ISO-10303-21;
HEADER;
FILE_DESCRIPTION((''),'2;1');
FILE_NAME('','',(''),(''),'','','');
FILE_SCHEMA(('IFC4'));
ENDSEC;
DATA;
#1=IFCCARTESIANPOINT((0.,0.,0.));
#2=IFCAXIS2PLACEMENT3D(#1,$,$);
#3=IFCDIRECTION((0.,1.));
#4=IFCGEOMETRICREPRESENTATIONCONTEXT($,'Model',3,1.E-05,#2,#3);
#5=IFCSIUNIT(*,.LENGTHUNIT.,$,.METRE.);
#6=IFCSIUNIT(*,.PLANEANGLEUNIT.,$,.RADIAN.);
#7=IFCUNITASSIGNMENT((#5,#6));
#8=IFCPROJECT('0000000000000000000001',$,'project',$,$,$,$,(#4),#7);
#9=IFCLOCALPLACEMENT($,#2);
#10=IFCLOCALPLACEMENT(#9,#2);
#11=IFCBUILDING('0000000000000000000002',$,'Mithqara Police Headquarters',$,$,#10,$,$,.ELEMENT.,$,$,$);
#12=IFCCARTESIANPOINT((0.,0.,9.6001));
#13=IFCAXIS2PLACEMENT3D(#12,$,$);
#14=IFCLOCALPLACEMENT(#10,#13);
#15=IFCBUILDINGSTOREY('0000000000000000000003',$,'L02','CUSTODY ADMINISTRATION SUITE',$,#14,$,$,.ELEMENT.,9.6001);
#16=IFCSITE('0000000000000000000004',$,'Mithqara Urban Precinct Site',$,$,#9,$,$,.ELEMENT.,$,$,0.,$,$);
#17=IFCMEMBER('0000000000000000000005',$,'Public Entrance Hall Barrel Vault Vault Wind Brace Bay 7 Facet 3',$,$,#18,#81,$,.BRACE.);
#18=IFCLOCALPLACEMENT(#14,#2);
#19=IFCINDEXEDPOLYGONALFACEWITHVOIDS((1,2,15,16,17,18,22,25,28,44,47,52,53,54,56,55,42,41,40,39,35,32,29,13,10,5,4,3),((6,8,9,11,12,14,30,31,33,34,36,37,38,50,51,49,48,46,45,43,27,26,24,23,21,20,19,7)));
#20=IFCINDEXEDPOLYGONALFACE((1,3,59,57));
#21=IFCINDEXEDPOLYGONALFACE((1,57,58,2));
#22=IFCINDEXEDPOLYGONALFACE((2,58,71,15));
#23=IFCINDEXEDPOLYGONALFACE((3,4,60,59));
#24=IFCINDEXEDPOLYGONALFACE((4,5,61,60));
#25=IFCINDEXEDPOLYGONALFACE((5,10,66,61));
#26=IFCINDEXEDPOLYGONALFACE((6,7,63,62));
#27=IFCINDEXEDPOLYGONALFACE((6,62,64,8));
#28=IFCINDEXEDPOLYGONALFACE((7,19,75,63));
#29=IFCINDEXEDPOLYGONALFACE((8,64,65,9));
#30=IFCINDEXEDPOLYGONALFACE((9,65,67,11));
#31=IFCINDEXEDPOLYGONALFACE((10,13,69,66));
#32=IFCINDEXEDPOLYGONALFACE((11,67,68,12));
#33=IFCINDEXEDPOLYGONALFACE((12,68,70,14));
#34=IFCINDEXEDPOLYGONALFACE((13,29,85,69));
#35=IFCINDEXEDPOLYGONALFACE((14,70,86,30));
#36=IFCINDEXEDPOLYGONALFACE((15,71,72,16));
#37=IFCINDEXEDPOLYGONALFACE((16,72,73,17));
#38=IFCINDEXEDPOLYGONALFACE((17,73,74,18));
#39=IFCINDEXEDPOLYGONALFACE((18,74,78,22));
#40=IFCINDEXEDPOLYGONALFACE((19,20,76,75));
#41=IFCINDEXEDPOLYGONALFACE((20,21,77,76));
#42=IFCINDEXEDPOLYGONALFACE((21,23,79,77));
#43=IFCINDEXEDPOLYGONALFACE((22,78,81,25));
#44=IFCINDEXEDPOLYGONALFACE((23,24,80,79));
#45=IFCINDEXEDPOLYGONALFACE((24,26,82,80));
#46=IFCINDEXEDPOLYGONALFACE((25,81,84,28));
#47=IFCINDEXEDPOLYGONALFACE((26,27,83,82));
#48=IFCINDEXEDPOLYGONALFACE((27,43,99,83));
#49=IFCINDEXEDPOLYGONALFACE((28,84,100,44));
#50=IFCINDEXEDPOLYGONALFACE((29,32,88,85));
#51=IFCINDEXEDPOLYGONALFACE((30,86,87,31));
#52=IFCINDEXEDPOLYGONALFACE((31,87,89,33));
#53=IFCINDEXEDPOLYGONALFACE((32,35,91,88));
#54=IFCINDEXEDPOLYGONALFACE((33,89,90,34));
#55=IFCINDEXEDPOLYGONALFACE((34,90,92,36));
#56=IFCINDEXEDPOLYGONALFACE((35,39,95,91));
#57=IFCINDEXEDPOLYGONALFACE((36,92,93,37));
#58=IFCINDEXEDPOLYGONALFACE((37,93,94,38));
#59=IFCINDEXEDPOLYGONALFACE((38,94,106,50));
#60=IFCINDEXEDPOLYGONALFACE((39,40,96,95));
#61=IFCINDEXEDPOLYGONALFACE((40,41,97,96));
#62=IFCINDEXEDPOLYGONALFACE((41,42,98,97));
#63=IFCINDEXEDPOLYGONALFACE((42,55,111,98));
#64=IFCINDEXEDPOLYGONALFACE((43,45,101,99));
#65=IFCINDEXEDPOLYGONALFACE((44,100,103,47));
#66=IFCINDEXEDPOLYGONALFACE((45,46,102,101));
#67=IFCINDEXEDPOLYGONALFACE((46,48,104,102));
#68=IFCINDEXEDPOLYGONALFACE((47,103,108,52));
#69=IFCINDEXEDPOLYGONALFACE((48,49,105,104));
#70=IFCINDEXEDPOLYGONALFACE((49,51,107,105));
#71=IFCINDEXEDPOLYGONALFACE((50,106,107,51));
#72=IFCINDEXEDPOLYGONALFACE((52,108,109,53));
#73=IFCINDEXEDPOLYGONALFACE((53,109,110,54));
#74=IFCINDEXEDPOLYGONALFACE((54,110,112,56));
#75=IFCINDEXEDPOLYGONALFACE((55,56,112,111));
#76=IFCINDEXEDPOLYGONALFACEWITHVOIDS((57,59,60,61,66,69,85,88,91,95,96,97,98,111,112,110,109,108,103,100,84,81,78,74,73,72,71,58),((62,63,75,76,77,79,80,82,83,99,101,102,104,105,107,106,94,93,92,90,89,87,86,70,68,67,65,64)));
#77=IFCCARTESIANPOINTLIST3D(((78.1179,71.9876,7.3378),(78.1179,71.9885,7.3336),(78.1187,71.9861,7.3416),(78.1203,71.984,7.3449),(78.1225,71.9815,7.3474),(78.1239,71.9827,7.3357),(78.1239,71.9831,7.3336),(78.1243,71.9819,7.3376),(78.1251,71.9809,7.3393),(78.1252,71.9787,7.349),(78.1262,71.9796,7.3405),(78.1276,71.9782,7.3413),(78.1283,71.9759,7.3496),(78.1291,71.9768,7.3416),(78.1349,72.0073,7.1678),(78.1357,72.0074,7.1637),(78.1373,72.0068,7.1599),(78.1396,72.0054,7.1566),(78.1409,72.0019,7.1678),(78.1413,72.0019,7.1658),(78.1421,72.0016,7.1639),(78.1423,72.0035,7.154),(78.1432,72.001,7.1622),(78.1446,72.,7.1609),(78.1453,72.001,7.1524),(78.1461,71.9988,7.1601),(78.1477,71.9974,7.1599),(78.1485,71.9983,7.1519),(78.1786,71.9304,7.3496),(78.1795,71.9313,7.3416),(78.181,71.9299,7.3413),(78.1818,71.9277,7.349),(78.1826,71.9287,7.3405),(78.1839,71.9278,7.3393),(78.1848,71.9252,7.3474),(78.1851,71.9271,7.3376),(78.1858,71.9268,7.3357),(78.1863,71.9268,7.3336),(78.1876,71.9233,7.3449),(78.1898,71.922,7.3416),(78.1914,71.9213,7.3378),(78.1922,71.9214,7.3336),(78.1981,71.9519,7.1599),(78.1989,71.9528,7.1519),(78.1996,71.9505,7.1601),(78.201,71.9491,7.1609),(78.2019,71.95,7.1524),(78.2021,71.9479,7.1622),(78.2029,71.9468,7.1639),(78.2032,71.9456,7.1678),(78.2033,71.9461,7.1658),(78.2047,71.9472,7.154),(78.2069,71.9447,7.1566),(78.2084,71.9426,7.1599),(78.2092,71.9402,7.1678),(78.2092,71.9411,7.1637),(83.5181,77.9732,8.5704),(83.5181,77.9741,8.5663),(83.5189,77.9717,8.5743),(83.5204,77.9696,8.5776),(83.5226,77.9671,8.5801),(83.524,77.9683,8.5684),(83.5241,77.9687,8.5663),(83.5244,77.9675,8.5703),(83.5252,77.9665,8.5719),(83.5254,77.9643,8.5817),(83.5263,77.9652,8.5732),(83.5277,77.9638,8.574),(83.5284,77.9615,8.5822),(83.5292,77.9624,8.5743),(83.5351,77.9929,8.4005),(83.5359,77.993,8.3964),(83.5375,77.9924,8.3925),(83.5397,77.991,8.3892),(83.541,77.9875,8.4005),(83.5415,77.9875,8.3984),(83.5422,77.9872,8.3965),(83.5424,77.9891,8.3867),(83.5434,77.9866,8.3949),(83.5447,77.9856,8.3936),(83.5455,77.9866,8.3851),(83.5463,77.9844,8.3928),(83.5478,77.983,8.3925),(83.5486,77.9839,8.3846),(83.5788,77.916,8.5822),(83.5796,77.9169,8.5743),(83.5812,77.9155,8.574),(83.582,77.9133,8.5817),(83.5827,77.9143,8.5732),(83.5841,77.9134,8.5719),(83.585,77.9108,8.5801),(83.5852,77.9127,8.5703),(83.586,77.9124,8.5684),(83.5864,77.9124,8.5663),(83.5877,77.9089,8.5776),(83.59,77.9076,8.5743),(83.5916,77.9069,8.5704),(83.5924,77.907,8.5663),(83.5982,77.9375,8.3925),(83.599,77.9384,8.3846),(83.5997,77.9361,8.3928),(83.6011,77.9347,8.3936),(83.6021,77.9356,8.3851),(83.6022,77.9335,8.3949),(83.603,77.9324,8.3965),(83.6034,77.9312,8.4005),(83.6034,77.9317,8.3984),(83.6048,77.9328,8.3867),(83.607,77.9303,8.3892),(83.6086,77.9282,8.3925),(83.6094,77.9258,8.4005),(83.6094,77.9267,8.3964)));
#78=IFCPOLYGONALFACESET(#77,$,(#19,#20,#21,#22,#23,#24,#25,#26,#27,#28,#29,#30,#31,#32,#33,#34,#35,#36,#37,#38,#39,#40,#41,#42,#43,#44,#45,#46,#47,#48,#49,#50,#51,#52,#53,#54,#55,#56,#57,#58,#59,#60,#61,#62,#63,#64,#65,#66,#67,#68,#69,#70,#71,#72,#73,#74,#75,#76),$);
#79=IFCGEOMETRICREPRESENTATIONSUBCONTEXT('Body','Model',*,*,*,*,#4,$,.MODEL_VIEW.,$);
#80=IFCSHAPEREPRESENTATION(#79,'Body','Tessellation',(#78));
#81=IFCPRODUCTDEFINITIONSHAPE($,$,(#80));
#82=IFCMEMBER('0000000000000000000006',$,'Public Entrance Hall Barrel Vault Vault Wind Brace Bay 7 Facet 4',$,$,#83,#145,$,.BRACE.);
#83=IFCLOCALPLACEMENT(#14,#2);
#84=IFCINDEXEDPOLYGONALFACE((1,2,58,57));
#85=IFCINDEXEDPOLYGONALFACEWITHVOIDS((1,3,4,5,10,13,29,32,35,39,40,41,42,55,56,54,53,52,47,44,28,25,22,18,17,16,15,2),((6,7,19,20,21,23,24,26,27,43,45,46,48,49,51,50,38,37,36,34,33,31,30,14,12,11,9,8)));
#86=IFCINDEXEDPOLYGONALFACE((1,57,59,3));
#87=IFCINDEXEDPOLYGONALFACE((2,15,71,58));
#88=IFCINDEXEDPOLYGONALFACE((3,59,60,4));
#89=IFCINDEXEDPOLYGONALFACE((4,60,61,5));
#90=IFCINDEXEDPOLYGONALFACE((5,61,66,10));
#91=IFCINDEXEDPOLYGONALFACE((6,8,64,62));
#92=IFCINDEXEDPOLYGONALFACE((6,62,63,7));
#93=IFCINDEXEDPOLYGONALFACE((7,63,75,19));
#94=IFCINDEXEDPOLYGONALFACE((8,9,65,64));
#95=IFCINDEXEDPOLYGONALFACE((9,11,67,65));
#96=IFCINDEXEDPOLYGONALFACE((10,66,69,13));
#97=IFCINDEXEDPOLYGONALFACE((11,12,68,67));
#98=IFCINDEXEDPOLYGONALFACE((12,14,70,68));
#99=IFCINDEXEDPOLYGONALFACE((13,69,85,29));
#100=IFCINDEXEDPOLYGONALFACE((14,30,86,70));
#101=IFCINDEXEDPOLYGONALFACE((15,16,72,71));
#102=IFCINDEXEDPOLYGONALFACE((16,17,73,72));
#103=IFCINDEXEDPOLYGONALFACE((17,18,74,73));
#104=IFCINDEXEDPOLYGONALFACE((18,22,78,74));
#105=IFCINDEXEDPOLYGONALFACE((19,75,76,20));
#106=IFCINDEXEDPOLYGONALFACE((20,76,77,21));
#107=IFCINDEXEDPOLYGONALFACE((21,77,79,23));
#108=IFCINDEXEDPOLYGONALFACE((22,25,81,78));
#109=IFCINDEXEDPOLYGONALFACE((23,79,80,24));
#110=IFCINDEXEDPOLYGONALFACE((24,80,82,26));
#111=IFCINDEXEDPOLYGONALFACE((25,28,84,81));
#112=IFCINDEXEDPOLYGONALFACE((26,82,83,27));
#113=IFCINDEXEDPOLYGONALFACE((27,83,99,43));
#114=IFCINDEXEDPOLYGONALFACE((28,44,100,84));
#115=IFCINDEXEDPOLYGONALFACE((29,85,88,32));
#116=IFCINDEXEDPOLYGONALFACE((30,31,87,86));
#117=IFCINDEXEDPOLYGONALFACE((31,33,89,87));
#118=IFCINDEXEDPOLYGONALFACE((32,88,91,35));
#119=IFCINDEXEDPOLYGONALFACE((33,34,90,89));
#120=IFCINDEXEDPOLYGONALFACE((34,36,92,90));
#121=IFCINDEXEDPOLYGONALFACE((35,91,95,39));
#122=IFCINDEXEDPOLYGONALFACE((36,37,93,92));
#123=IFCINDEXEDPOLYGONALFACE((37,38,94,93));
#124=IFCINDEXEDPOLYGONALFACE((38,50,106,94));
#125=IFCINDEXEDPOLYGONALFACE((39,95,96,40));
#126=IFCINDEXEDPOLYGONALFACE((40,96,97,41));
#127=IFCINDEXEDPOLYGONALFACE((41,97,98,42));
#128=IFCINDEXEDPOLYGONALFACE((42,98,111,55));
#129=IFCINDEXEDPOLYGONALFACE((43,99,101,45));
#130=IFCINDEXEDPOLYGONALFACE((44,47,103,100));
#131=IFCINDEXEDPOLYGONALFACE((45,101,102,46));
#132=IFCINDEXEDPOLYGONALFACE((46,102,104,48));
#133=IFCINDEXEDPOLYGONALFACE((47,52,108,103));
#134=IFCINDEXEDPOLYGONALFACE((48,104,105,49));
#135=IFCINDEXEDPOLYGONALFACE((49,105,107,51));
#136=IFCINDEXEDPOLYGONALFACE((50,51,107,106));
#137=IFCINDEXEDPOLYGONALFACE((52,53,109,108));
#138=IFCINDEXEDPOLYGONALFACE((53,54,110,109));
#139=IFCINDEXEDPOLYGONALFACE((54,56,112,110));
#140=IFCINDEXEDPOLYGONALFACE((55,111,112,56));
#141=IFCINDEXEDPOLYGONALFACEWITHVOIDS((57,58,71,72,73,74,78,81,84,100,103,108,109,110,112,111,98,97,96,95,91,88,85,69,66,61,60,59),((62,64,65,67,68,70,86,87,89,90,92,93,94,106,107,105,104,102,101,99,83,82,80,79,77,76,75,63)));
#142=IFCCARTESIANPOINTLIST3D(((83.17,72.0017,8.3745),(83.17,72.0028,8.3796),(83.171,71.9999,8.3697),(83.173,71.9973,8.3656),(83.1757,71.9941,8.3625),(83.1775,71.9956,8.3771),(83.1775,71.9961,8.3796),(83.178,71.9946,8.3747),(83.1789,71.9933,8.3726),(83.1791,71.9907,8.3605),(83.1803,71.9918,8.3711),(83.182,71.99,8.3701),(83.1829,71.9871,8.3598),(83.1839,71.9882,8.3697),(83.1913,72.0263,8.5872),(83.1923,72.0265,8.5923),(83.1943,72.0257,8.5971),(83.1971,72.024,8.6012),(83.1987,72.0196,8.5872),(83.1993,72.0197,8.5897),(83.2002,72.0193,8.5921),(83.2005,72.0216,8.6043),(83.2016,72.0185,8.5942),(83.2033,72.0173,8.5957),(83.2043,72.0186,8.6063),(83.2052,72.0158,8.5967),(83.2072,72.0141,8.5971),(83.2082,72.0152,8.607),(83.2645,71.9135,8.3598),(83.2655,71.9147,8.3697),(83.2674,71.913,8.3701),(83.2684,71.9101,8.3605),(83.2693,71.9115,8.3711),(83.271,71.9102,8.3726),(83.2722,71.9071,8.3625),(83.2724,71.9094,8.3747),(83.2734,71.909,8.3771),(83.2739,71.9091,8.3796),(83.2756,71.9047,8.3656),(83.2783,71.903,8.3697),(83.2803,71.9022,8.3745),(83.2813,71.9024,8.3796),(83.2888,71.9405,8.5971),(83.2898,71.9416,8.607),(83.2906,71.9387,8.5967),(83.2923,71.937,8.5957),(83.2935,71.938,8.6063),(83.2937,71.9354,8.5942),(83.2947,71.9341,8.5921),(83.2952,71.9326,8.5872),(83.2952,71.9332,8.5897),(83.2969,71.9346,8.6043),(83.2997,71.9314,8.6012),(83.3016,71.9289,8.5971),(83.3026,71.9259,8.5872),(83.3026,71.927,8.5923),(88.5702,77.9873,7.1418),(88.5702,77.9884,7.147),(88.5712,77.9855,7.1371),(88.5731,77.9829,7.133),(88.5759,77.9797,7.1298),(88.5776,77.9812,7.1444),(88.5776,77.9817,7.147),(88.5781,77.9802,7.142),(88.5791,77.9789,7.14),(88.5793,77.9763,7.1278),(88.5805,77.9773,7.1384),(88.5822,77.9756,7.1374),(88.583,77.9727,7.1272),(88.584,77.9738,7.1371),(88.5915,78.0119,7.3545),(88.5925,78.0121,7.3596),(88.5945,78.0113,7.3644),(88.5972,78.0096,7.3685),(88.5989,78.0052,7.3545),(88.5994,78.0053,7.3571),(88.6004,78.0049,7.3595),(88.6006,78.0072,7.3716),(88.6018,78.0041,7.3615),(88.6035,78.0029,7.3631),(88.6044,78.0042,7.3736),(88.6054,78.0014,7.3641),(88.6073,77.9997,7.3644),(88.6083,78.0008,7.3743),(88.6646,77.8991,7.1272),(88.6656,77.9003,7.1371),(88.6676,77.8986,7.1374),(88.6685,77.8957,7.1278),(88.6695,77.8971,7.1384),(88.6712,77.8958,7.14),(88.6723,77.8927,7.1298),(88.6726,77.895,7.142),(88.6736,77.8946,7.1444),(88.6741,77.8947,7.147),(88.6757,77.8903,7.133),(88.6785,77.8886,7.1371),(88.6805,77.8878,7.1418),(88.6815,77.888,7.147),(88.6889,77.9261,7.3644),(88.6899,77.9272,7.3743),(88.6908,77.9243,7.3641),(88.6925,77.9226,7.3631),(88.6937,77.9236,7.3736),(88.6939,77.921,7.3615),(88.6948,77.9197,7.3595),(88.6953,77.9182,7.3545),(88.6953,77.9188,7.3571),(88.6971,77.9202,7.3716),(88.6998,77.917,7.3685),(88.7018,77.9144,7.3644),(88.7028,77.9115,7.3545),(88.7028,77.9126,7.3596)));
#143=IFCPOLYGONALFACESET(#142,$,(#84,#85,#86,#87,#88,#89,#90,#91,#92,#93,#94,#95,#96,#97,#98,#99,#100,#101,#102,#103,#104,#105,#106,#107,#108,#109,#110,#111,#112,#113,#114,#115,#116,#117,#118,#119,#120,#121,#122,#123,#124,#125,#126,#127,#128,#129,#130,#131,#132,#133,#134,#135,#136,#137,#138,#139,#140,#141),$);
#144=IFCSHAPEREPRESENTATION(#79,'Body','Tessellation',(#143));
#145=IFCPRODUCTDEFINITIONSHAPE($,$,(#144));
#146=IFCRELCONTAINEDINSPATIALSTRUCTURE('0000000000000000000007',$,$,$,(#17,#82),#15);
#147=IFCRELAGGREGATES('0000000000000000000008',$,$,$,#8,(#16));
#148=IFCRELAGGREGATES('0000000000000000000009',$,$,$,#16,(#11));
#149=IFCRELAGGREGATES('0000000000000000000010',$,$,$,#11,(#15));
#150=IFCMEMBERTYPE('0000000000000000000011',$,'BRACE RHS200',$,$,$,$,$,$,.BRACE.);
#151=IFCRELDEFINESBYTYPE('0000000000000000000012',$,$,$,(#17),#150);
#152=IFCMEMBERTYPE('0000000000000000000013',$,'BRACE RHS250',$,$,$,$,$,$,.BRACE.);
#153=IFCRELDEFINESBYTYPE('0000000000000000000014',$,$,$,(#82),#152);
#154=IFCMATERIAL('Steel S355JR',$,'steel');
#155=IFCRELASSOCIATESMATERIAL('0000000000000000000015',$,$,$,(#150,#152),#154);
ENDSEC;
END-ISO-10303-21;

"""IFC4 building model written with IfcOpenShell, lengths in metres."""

from ifc_helpers import new_model, si_unit, direction, frame, origin, origin_2d, place, context, subcontext, project, spatial, hollow_rectangle, extrude, material, material_profile, profile_set, type_object, element, save


model = new_model("IFC4")

# Units and contexts
model_context = context("Model", 3, precision=1e-05, world=origin(), true_north=direction((0.0, 1.0)))
body_context = subcontext(model_context, "Body", "Model", "MODEL_VIEW")
ifc_project = project(units=[si_unit("LENGTHUNIT", "METRE"), si_unit("PLANEANGLEUNIT", "RADIAN")], contexts=[model_context])

# Site, building, storey
site_placement = place(None, origin())
site = spatial("IfcSite", under=ifc_project, at=site_placement, Name="Mithqara Urban Precinct Site", CompositionType="ELEMENT", RefElevation=0.0)
building_placement = place(site_placement, origin())
building = spatial("IfcBuilding", under=site, at=building_placement, Name="Mithqara Police Headquarters", CompositionType="ELEMENT")
storey_placement = place(building_placement, frame((0.0, 0.0, 9.6001)))
storey = spatial("IfcBuildingStorey", under=building, at=storey_placement, Name="L02", Description="CUSTODY ADMINISTRATION SUITE", CompositionType="ELEMENT", Elevation=9.6001)

# Shared definitions
ifc_material_1 = material(Name="Steel S355JR", Category="steel")

# Members
ifc_material_profile_1 = material_profile(ifc_material_1, hollow_rectangle(XDim=0.1001, YDim=0.2, WallThickness=0.0081, InnerFilletRadius=0.0081, OuterFilletRadius=0.0161, at=origin_2d()), Name="RHS 200x100x8.0")
ifc_profile_set_1 = profile_set([ifc_material_profile_1], Name="Steel S355JR")
member_type_1 = type_object("IfcMemberType", Name="BRACE RHS200", PredefinedType="BRACE", material=ifc_profile_set_1)
member_1_placement = place(storey_placement, frame((78.1636, 71.9644, 7.2507), z_axis=(0.662167, 0.733954, 0.15115), x_axis=(-0.742485, 0.669863, 0.0)))
element("IfcMember", 1, at=member_1_placement, inside=storey, type_object=member_type_1, Name="Public Entrance Hall Barrel Vault Vault Wind Brace Bay 7 Facet 3", PredefinedType="BRACE", context=body_context, shape_type="SweptSolid", body=[
    extrude(hollow_rectangle(XDim=0.1001, YDim=0.2, WallThickness=0.0081, InnerFilletRadius=0.0081, OuterFilletRadius=0.0161, at=origin_2d()), origin(), (0.0, 0.0, 1.0), 8.1553),
])
ifc_material_profile_2 = material_profile(ifc_material_1, hollow_rectangle(XDim=0.1499, YDim=0.25, WallThickness=0.01, InnerFilletRadius=0.01, OuterFilletRadius=0.02, at=origin_2d()), Name="RHS 250x150x10.0")
ifc_profile_set_2 = profile_set([ifc_material_profile_2], Name="Steel S355JR")
member_type_2 = type_object("IfcMemberType", Name="BRACE RHS250", PredefinedType="BRACE", material=ifc_profile_set_2)
member_2_placement = place(storey_placement, frame((83.2363, 71.9644, 8.4834), z_axis=(0.662167, 0.733954, -0.15115), x_axis=(-0.742485, 0.669863, 0.0)))
element("IfcMember", 2, at=member_2_placement, inside=storey, type_object=member_type_2, Name="Public Entrance Hall Barrel Vault Vault Wind Brace Bay 7 Facet 4", PredefinedType="BRACE", context=body_context, shape_type="SweptSolid", body=[
    extrude(hollow_rectangle(XDim=0.1499, YDim=0.25, WallThickness=0.01, InnerFilletRadius=0.01, OuterFilletRadius=0.02, at=origin_2d()), origin(), (0.0, 0.0, 1.0), 8.1553),
])

save(model, "model.ifc")
